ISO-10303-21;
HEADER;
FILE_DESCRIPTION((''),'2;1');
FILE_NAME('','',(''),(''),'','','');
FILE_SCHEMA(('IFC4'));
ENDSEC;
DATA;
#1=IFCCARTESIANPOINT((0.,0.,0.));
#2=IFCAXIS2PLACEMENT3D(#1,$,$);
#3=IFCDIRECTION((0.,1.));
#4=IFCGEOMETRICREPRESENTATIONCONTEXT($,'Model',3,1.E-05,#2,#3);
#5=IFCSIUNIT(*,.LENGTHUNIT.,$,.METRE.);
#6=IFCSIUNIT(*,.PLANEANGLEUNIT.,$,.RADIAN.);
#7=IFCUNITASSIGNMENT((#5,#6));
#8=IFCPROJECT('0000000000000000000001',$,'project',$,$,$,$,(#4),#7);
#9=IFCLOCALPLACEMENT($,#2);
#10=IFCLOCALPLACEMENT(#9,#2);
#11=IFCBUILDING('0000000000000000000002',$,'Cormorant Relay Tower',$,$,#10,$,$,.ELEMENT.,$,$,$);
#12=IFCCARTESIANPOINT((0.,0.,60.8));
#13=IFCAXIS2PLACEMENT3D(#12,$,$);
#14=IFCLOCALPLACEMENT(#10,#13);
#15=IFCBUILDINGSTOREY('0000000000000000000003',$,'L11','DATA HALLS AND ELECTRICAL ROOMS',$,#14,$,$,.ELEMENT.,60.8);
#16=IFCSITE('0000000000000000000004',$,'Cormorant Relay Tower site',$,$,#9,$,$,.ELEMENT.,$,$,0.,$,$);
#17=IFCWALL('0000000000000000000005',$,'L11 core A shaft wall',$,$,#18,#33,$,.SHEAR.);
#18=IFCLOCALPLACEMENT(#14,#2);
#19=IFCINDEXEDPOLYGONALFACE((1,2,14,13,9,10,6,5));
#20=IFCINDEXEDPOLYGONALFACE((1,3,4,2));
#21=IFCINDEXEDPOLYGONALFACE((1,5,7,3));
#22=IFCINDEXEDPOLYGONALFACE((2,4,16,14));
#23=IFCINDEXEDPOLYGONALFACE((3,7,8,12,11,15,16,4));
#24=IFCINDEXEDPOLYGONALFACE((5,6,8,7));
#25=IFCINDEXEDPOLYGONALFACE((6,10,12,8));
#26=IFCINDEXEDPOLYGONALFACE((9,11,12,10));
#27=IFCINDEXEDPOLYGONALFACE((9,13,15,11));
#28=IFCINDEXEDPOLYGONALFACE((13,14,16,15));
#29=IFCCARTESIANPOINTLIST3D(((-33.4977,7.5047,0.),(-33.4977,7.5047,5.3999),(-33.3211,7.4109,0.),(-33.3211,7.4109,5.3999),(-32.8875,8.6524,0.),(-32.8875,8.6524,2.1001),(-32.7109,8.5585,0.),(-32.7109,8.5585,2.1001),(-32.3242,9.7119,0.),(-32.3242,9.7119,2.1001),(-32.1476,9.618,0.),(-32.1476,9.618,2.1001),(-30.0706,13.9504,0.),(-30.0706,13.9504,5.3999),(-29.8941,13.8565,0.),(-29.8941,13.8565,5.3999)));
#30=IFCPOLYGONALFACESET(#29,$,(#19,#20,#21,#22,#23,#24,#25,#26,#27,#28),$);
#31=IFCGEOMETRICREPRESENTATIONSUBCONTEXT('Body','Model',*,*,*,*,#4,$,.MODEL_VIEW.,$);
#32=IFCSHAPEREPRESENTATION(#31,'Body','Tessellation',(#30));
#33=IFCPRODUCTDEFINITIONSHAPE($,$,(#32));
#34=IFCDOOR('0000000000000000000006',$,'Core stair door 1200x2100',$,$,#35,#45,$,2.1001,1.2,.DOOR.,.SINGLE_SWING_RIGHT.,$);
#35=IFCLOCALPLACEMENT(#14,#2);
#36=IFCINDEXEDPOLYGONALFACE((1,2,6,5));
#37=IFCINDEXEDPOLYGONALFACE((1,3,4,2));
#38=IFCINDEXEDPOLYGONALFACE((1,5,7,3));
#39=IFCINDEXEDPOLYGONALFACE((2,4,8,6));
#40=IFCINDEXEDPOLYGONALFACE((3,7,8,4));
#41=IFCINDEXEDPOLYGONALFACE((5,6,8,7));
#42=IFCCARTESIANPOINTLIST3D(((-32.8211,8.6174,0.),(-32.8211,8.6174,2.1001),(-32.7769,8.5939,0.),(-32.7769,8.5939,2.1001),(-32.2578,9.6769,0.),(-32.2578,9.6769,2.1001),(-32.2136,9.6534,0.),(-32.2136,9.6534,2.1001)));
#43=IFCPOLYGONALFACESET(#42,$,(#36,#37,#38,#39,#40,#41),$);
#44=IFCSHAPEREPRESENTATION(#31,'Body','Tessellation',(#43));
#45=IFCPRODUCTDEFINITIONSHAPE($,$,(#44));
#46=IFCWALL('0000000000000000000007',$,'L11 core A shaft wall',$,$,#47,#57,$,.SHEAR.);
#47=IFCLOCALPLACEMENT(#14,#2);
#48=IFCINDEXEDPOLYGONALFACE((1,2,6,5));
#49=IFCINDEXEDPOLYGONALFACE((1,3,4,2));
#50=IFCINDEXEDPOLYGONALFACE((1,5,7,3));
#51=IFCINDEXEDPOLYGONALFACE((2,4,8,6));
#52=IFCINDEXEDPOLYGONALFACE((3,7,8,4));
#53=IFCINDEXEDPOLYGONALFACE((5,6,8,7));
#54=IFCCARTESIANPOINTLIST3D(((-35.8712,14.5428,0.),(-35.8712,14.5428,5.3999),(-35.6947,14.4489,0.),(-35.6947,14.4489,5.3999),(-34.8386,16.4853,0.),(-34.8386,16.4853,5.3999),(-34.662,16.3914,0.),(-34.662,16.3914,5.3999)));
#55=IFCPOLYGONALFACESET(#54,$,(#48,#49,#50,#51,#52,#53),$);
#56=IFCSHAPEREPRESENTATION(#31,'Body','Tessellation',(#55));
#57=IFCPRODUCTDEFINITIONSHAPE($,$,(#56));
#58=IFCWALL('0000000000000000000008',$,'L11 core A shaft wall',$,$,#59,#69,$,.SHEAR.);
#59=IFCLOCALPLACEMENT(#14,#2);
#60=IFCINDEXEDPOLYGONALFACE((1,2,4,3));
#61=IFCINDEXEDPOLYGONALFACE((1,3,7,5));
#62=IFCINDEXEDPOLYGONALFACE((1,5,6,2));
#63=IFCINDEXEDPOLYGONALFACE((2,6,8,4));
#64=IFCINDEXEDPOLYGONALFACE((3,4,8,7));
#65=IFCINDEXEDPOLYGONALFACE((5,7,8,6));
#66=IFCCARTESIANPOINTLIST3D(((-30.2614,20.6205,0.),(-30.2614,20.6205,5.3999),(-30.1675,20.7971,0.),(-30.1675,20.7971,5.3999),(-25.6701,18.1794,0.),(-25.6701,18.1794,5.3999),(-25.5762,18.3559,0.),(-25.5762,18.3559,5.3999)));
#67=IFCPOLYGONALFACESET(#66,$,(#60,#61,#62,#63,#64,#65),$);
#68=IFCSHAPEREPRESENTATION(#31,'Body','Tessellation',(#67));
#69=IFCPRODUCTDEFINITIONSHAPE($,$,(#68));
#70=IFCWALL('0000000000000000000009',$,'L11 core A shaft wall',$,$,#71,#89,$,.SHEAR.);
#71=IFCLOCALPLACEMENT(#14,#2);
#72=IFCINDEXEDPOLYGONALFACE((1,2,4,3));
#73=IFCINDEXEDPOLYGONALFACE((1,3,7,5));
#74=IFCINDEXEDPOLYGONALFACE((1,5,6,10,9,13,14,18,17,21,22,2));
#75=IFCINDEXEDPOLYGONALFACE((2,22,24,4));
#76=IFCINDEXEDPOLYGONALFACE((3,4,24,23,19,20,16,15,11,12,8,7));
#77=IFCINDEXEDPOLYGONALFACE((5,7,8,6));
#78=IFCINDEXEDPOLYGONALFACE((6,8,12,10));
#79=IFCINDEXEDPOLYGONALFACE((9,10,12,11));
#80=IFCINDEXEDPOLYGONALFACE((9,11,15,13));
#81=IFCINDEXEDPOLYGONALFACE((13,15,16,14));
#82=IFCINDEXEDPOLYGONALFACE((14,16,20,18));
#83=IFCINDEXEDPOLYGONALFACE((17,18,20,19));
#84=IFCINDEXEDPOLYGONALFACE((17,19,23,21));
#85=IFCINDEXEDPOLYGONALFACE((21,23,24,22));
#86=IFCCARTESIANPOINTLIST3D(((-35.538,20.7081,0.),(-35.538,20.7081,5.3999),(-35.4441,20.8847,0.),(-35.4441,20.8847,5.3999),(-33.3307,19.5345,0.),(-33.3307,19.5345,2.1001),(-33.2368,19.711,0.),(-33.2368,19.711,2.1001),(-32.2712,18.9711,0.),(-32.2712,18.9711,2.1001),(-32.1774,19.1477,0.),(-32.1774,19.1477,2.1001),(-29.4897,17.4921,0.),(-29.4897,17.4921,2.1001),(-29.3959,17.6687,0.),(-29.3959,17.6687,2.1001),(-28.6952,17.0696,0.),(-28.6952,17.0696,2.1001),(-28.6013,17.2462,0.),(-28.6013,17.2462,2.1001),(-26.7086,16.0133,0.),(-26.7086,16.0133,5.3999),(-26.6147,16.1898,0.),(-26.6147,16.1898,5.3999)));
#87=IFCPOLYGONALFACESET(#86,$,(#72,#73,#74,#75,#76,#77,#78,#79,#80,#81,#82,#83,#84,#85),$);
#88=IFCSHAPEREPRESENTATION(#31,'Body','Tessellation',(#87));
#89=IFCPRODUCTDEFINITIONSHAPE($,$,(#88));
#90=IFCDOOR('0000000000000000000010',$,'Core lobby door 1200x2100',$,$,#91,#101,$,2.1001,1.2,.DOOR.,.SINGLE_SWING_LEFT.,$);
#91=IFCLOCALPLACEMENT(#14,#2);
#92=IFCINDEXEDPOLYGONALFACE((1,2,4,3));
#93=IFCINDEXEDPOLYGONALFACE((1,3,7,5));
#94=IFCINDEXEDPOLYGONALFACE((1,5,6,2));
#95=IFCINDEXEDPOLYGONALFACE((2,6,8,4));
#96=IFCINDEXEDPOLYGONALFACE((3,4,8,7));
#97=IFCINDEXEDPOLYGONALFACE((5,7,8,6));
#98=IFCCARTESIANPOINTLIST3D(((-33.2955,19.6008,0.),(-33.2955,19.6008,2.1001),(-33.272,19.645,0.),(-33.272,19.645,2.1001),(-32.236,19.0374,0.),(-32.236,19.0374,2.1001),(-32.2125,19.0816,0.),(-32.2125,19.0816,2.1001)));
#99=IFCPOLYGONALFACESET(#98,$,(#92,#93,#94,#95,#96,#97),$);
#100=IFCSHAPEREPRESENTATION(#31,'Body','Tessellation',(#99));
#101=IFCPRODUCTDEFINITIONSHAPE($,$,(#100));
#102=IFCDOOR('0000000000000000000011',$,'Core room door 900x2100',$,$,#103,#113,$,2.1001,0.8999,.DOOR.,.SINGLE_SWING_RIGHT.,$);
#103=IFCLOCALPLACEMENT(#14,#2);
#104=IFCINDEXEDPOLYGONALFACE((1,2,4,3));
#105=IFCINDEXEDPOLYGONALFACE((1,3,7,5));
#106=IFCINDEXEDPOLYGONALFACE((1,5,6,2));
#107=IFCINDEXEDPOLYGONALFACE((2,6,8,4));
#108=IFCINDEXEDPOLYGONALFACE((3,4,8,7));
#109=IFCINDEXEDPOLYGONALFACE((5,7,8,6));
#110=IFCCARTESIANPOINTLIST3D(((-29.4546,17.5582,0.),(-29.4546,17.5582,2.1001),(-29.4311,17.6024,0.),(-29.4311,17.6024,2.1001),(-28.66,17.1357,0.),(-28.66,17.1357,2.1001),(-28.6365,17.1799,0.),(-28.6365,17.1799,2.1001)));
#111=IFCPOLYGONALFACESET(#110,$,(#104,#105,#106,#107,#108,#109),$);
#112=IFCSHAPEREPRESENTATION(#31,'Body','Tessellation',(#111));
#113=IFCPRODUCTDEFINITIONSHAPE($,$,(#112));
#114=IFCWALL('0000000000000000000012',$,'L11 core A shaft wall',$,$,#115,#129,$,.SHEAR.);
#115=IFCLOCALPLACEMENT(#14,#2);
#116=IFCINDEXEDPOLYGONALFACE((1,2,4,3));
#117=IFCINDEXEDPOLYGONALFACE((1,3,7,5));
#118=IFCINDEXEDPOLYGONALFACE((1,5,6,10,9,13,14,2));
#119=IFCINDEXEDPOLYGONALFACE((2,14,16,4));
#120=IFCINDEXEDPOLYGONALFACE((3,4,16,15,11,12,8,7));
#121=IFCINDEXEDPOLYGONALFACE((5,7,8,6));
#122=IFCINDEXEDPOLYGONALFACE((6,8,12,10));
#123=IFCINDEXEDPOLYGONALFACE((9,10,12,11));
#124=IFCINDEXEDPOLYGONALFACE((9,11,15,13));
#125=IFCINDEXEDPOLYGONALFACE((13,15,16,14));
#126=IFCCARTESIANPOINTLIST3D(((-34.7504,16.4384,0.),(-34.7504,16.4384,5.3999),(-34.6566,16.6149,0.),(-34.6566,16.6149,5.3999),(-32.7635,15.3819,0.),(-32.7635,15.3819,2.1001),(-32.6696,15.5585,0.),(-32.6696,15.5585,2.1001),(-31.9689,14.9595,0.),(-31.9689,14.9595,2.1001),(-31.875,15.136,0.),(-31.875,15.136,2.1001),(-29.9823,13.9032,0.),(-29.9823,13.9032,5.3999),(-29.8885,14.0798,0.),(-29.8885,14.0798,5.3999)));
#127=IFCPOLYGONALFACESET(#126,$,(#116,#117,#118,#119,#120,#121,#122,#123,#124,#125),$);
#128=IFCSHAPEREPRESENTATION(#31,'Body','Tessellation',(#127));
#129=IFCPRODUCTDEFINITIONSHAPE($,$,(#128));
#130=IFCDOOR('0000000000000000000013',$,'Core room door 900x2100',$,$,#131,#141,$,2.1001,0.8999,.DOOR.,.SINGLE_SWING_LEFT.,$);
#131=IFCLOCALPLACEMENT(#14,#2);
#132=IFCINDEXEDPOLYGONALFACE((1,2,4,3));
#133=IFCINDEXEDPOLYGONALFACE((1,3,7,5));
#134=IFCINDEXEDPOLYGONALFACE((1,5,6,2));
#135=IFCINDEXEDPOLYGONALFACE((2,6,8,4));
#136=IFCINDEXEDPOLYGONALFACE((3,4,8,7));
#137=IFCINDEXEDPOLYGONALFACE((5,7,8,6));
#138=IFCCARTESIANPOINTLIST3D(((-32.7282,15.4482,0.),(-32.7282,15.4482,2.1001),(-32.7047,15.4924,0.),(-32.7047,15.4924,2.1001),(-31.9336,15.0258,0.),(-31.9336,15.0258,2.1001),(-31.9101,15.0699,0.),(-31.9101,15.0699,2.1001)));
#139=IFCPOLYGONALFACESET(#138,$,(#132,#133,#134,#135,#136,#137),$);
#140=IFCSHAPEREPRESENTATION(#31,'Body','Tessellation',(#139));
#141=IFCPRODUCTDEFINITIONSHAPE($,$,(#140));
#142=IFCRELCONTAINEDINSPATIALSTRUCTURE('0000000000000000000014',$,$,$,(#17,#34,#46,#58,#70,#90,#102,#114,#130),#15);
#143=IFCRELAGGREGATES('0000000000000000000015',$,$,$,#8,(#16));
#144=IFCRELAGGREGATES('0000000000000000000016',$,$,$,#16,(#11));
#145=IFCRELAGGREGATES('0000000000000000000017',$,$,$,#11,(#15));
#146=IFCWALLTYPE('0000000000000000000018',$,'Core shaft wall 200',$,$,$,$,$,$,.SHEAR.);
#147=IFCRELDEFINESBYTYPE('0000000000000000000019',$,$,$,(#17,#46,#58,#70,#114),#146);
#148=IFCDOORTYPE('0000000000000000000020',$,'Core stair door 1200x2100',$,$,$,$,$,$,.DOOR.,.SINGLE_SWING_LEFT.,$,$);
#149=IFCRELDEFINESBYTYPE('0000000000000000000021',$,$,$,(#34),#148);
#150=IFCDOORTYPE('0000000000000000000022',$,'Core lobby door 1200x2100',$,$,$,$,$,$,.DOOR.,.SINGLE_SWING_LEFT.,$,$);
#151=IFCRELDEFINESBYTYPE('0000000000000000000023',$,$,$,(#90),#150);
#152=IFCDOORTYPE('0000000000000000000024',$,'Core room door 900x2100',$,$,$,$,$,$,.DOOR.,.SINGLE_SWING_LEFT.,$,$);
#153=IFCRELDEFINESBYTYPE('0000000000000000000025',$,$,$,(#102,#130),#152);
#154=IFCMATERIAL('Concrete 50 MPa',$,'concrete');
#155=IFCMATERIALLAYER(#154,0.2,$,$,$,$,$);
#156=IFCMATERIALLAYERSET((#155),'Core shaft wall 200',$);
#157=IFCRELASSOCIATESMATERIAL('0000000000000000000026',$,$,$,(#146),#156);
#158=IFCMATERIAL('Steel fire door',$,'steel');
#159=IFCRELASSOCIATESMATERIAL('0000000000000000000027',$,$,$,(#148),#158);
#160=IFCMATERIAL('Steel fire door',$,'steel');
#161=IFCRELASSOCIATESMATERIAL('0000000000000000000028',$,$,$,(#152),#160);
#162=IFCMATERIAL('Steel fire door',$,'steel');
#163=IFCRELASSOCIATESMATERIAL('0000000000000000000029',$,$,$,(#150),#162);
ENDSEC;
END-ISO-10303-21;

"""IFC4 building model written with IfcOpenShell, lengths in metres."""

from ifc_helpers import new_model, si_unit, direction, frame, frame_2d, origin, place, context, subcontext, project, spatial, rectangle, extrude, material, layer, layer_set, type_object, element, fill, save


model = new_model("IFC4")

# Units and contexts
model_context = context("Model", 3, precision=1e-05, world=origin(), true_north=direction((0.0, 1.0)))
body_context = subcontext(model_context, "Body", "Model", "MODEL_VIEW")
ifc_project = project(units=[si_unit("LENGTHUNIT", "METRE"), si_unit("PLANEANGLEUNIT", "RADIAN")], contexts=[model_context])

# Site, building, storey
site_placement = place(None, origin())
site = spatial("IfcSite", under=ifc_project, at=site_placement, Name="Cormorant Relay Tower site", CompositionType="ELEMENT", RefElevation=0.0)
building_placement = place(site_placement, origin())
building = spatial("IfcBuilding", under=site, at=building_placement, Name="Cormorant Relay Tower", CompositionType="ELEMENT")
storey_placement = place(building_placement, frame((0.0, 0.0, 60.8)))
storey = spatial("IfcBuildingStorey", under=building, at=storey_placement, Name="L11", Description="DATA HALLS AND ELECTRICAL ROOMS", CompositionType="ELEMENT", Elevation=60.8)

# Shared definitions
ifc_material_1 = material(Name="Concrete 50 MPa", Category="concrete")
ifc_layer_1 = layer(ifc_material_1, 0.2)
ifc_layer_set_1 = layer_set([ifc_layer_1], Name="Core shaft wall 200")
wall_type_1 = type_object("IfcWallType", Name="Core shaft wall 200", PredefinedType="SHEAR", material=ifc_layer_set_1)
ifc_material_2 = material(Name="Steel fire door", Category="steel")
door_type_1 = type_object("IfcDoorType", Name="Core stair door 1200x2100", OperationType="SINGLE_SWING_LEFT", PredefinedType="DOOR", material=ifc_material_2)

# Shared definitions
ifc_material_3 = material(Name="Steel fire door", Category="steel")
door_type_2 = type_object("IfcDoorType", Name="Core room door 900x2100", OperationType="SINGLE_SWING_LEFT", PredefinedType="DOOR", material=ifc_material_3)

# Wall, opening, door
wall_1_placement = place(storey_placement, frame((-29.9824, 13.9033, 0.0), z_axis=(0.0, 0.0, 1.0), x_axis=(-0.469454, -0.882957, 0.0)))
wall_1 = element("IfcWall", 1, at=wall_1_placement, inside=storey, type_object=wall_type_1, Name="L11 core A shaft wall", PredefinedType="SHEAR", context=body_context, shape_type="SweptSolid", body=[
    extrude(rectangle(XDim=7.3, YDim=0.2, at=frame_2d((3.6499, 0.0))), origin(), (0.0, 0.0, 1.0), 5.3999),
])
opening_1_placement = place(wall_1_placement, frame((4.8, 0.0, 0.0)))
opening_1 = element("IfcOpeningElement", 2, at=opening_1_placement, cuts=wall_1, PredefinedType="OPENING", context=body_context, shape_type="SweptSolid", body=[
    extrude(rectangle(XDim=1.2, YDim=2.1001, at=frame_2d((0.6001, 1.05))), frame((0.0, 0.1099, 0.0), z_axis=(0.0, -1.0, 0.0), x_axis=(1.0, 0.0, 0.0)), (0.0, 0.0, 1.0), 0.22),
])
door_1_placement = place(opening_1_placement, frame((1.2, 0.0, 0.0), z_axis=(0.0, 0.0, 1.0), x_axis=(-1.0, 0.0, 0.0)))
door_1 = element("IfcDoor", 3, at=door_1_placement, inside=storey, type_object=door_type_1, Name="Core stair door 1200x2100", OperationType="SINGLE_SWING_RIGHT", OverallHeight=2.1001, OverallWidth=1.2, PredefinedType="DOOR", context=body_context, shape_type="SweptSolid", body=[
    extrude(rectangle(XDim=1.2, YDim=2.1001, at=frame_2d((0.6001, 1.05))), frame((0.0, 0.0249, 0.0), z_axis=(0.0, -1.0, 0.0), x_axis=(1.0, 0.0, 0.0)), (0.0, 0.0, 1.0), 0.05),
])
fill(opening_1, door_1)

# Wall
wall_2_placement = place(storey_placement, frame((-34.7502, 16.4385, 0.0), z_axis=(0.0, 0.0, 1.0), x_axis=(-0.469401, -0.882985, 0.0)))
element("IfcWall", 4, at=wall_2_placement, inside=storey, type_object=wall_type_1, Name="L11 core A shaft wall", PredefinedType="SHEAR", context=body_context, shape_type="SweptSolid", body=[
    extrude(rectangle(XDim=2.2, YDim=0.2, at=frame_2d((1.1001, 0.0))), origin(), (0.0, 0.0, 1.0), 5.3999),
])

# Wall
wall_3_placement = place(storey_placement, frame((-25.623, 18.2676, 0.0), z_axis=(0.0, 0.0, 1.0), x_axis=(-0.882954, 0.46946, 0.0)))
element("IfcWall", 5, at=wall_3_placement, inside=storey, type_object=wall_type_1, Name="L11 core A shaft wall", PredefinedType="SHEAR", context=body_context, shape_type="SweptSolid", body=[
    extrude(rectangle(XDim=5.2, YDim=0.2, at=frame_2d((2.6001, 0.0))), origin(), (0.0, 0.0, 1.0), 5.3999),
])

# Wall, openings, doors
wall_4_placement = place(storey_placement, frame((-26.6616, 16.1016, 0.0), z_axis=(0.0, 0.0, 1.0), x_axis=(-0.88294, 0.469485, 0.0)))
wall_4 = element("IfcWall", 6, at=wall_4_placement, inside=storey, type_object=wall_type_1, Name="L11 core A shaft wall", PredefinedType="SHEAR", context=body_context, shape_type="SweptSolid", body=[
    extrude(rectangle(XDim=10.0, YDim=0.2, at=frame_2d((5.0, 0.0))), origin(), (0.0, 0.0, 1.0), 5.3999),
])
opening_2_placement = place(wall_4_placement, frame((6.3, 0.0, 0.0)))
opening_2 = element("IfcOpeningElement", 7, at=opening_2_placement, cuts=wall_4, PredefinedType="OPENING", context=body_context, shape_type="SweptSolid", body=[
    extrude(rectangle(XDim=1.2, YDim=2.1001, at=frame_2d((0.6001, 1.05))), frame((0.0, 0.1099, 0.0), z_axis=(0.0, -1.0, 0.0), x_axis=(1.0, 0.0, 0.0)), (0.0, 0.0, 1.0), 0.22),
])
opening_3_placement = place(wall_4_placement, frame((2.25, 0.0, 0.0)))
opening_3 = element("IfcOpeningElement", 8, at=opening_3_placement, cuts=wall_4, PredefinedType="OPENING", context=body_context, shape_type="SweptSolid", body=[
    extrude(rectangle(XDim=0.8999, YDim=2.1001, at=frame_2d((0.45, 1.05))), frame((0.0, 0.1099, 0.0), z_axis=(0.0, -1.0, 0.0), x_axis=(1.0, 0.0, 0.0)), (0.0, 0.0, 1.0), 0.22),
])
ifc_material_4 = material(Name="Steel fire door", Category="steel")
door_type_3 = type_object("IfcDoorType", Name="Core lobby door 1200x2100", OperationType="SINGLE_SWING_LEFT", PredefinedType="DOOR", material=ifc_material_4)
door_2_placement = place(opening_2_placement, origin())
door_2 = element("IfcDoor", 9, at=door_2_placement, inside=storey, type_object=door_type_3, Name="Core lobby door 1200x2100", OperationType="SINGLE_SWING_LEFT", OverallHeight=2.1001, OverallWidth=1.2, PredefinedType="DOOR", context=body_context, shape_type="SweptSolid", body=[
    extrude(rectangle(XDim=1.2, YDim=2.1001, at=frame_2d((0.6001, 1.05))), frame((0.0, 0.0249, 0.0), z_axis=(0.0, -1.0, 0.0), x_axis=(1.0, 0.0, 0.0)), (0.0, 0.0, 1.0), 0.05),
])
fill(opening_2, door_2)
door_3_placement = place(opening_3_placement, frame((0.8999, 0.0, 0.0), z_axis=(0.0, 0.0, 1.0), x_axis=(-1.0, 0.0, 0.0)))
door_3 = element("IfcDoor", 10, at=door_3_placement, inside=storey, type_object=door_type_2, Name="Core room door 900x2100", OperationType="SINGLE_SWING_RIGHT", OverallHeight=2.1001, OverallWidth=0.8999, PredefinedType="DOOR", context=body_context, shape_type="SweptSolid", body=[
    extrude(rectangle(XDim=0.8999, YDim=2.1001, at=frame_2d((0.45, 1.05))), frame((0.0, 0.0249, 0.0), z_axis=(0.0, -1.0, 0.0), x_axis=(1.0, 0.0, 0.0)), (0.0, 0.0, 1.0), 0.05),
])
fill(opening_3, door_3)

# Wall, opening, door
wall_5_placement = place(storey_placement, frame((-29.9353, 13.9915, 0.0), z_axis=(0.0, 0.0, 1.0), x_axis=(-0.882953, 0.469462, 0.0)))
wall_5 = element("IfcWall", 11, at=wall_5_placement, inside=storey, type_object=wall_type_1, Name="L11 core A shaft wall", PredefinedType="SHEAR", context=body_context, shape_type="SweptSolid", body=[
    extrude(rectangle(XDim=5.4001, YDim=0.2, at=frame_2d((2.7002, 0.0))), origin(), (0.0, 0.0, 1.0), 5.3999),
])
opening_4_placement = place(wall_5_placement, frame((2.25, 0.0, 0.0)))
opening_4 = element("IfcOpeningElement", 12, at=opening_4_placement, cuts=wall_5, PredefinedType="OPENING", context=body_context, shape_type="SweptSolid", body=[
    extrude(rectangle(XDim=0.8999, YDim=2.1001, at=frame_2d((0.45, 1.05))), frame((0.0, 0.1099, 0.0), z_axis=(0.0, -1.0, 0.0), x_axis=(1.0, 0.0, 0.0)), (0.0, 0.0, 1.0), 0.22),
])
door_4_placement = place(opening_4_placement, origin())
door_4 = element("IfcDoor", 13, at=door_4_placement, inside=storey, type_object=door_type_2, Name="Core room door 900x2100", OperationType="SINGLE_SWING_LEFT", OverallHeight=2.1001, OverallWidth=0.8999, PredefinedType="DOOR", context=body_context, shape_type="SweptSolid", body=[
    extrude(rectangle(XDim=0.8999, YDim=2.1001, at=frame_2d((0.45, 1.05))), frame((0.0, 0.0249, 0.0), z_axis=(0.0, -1.0, 0.0), x_axis=(1.0, 0.0, 0.0)), (0.0, 0.0, 1.0), 0.05),
])
fill(opening_4, door_4)

save(model, "model.ifc")
